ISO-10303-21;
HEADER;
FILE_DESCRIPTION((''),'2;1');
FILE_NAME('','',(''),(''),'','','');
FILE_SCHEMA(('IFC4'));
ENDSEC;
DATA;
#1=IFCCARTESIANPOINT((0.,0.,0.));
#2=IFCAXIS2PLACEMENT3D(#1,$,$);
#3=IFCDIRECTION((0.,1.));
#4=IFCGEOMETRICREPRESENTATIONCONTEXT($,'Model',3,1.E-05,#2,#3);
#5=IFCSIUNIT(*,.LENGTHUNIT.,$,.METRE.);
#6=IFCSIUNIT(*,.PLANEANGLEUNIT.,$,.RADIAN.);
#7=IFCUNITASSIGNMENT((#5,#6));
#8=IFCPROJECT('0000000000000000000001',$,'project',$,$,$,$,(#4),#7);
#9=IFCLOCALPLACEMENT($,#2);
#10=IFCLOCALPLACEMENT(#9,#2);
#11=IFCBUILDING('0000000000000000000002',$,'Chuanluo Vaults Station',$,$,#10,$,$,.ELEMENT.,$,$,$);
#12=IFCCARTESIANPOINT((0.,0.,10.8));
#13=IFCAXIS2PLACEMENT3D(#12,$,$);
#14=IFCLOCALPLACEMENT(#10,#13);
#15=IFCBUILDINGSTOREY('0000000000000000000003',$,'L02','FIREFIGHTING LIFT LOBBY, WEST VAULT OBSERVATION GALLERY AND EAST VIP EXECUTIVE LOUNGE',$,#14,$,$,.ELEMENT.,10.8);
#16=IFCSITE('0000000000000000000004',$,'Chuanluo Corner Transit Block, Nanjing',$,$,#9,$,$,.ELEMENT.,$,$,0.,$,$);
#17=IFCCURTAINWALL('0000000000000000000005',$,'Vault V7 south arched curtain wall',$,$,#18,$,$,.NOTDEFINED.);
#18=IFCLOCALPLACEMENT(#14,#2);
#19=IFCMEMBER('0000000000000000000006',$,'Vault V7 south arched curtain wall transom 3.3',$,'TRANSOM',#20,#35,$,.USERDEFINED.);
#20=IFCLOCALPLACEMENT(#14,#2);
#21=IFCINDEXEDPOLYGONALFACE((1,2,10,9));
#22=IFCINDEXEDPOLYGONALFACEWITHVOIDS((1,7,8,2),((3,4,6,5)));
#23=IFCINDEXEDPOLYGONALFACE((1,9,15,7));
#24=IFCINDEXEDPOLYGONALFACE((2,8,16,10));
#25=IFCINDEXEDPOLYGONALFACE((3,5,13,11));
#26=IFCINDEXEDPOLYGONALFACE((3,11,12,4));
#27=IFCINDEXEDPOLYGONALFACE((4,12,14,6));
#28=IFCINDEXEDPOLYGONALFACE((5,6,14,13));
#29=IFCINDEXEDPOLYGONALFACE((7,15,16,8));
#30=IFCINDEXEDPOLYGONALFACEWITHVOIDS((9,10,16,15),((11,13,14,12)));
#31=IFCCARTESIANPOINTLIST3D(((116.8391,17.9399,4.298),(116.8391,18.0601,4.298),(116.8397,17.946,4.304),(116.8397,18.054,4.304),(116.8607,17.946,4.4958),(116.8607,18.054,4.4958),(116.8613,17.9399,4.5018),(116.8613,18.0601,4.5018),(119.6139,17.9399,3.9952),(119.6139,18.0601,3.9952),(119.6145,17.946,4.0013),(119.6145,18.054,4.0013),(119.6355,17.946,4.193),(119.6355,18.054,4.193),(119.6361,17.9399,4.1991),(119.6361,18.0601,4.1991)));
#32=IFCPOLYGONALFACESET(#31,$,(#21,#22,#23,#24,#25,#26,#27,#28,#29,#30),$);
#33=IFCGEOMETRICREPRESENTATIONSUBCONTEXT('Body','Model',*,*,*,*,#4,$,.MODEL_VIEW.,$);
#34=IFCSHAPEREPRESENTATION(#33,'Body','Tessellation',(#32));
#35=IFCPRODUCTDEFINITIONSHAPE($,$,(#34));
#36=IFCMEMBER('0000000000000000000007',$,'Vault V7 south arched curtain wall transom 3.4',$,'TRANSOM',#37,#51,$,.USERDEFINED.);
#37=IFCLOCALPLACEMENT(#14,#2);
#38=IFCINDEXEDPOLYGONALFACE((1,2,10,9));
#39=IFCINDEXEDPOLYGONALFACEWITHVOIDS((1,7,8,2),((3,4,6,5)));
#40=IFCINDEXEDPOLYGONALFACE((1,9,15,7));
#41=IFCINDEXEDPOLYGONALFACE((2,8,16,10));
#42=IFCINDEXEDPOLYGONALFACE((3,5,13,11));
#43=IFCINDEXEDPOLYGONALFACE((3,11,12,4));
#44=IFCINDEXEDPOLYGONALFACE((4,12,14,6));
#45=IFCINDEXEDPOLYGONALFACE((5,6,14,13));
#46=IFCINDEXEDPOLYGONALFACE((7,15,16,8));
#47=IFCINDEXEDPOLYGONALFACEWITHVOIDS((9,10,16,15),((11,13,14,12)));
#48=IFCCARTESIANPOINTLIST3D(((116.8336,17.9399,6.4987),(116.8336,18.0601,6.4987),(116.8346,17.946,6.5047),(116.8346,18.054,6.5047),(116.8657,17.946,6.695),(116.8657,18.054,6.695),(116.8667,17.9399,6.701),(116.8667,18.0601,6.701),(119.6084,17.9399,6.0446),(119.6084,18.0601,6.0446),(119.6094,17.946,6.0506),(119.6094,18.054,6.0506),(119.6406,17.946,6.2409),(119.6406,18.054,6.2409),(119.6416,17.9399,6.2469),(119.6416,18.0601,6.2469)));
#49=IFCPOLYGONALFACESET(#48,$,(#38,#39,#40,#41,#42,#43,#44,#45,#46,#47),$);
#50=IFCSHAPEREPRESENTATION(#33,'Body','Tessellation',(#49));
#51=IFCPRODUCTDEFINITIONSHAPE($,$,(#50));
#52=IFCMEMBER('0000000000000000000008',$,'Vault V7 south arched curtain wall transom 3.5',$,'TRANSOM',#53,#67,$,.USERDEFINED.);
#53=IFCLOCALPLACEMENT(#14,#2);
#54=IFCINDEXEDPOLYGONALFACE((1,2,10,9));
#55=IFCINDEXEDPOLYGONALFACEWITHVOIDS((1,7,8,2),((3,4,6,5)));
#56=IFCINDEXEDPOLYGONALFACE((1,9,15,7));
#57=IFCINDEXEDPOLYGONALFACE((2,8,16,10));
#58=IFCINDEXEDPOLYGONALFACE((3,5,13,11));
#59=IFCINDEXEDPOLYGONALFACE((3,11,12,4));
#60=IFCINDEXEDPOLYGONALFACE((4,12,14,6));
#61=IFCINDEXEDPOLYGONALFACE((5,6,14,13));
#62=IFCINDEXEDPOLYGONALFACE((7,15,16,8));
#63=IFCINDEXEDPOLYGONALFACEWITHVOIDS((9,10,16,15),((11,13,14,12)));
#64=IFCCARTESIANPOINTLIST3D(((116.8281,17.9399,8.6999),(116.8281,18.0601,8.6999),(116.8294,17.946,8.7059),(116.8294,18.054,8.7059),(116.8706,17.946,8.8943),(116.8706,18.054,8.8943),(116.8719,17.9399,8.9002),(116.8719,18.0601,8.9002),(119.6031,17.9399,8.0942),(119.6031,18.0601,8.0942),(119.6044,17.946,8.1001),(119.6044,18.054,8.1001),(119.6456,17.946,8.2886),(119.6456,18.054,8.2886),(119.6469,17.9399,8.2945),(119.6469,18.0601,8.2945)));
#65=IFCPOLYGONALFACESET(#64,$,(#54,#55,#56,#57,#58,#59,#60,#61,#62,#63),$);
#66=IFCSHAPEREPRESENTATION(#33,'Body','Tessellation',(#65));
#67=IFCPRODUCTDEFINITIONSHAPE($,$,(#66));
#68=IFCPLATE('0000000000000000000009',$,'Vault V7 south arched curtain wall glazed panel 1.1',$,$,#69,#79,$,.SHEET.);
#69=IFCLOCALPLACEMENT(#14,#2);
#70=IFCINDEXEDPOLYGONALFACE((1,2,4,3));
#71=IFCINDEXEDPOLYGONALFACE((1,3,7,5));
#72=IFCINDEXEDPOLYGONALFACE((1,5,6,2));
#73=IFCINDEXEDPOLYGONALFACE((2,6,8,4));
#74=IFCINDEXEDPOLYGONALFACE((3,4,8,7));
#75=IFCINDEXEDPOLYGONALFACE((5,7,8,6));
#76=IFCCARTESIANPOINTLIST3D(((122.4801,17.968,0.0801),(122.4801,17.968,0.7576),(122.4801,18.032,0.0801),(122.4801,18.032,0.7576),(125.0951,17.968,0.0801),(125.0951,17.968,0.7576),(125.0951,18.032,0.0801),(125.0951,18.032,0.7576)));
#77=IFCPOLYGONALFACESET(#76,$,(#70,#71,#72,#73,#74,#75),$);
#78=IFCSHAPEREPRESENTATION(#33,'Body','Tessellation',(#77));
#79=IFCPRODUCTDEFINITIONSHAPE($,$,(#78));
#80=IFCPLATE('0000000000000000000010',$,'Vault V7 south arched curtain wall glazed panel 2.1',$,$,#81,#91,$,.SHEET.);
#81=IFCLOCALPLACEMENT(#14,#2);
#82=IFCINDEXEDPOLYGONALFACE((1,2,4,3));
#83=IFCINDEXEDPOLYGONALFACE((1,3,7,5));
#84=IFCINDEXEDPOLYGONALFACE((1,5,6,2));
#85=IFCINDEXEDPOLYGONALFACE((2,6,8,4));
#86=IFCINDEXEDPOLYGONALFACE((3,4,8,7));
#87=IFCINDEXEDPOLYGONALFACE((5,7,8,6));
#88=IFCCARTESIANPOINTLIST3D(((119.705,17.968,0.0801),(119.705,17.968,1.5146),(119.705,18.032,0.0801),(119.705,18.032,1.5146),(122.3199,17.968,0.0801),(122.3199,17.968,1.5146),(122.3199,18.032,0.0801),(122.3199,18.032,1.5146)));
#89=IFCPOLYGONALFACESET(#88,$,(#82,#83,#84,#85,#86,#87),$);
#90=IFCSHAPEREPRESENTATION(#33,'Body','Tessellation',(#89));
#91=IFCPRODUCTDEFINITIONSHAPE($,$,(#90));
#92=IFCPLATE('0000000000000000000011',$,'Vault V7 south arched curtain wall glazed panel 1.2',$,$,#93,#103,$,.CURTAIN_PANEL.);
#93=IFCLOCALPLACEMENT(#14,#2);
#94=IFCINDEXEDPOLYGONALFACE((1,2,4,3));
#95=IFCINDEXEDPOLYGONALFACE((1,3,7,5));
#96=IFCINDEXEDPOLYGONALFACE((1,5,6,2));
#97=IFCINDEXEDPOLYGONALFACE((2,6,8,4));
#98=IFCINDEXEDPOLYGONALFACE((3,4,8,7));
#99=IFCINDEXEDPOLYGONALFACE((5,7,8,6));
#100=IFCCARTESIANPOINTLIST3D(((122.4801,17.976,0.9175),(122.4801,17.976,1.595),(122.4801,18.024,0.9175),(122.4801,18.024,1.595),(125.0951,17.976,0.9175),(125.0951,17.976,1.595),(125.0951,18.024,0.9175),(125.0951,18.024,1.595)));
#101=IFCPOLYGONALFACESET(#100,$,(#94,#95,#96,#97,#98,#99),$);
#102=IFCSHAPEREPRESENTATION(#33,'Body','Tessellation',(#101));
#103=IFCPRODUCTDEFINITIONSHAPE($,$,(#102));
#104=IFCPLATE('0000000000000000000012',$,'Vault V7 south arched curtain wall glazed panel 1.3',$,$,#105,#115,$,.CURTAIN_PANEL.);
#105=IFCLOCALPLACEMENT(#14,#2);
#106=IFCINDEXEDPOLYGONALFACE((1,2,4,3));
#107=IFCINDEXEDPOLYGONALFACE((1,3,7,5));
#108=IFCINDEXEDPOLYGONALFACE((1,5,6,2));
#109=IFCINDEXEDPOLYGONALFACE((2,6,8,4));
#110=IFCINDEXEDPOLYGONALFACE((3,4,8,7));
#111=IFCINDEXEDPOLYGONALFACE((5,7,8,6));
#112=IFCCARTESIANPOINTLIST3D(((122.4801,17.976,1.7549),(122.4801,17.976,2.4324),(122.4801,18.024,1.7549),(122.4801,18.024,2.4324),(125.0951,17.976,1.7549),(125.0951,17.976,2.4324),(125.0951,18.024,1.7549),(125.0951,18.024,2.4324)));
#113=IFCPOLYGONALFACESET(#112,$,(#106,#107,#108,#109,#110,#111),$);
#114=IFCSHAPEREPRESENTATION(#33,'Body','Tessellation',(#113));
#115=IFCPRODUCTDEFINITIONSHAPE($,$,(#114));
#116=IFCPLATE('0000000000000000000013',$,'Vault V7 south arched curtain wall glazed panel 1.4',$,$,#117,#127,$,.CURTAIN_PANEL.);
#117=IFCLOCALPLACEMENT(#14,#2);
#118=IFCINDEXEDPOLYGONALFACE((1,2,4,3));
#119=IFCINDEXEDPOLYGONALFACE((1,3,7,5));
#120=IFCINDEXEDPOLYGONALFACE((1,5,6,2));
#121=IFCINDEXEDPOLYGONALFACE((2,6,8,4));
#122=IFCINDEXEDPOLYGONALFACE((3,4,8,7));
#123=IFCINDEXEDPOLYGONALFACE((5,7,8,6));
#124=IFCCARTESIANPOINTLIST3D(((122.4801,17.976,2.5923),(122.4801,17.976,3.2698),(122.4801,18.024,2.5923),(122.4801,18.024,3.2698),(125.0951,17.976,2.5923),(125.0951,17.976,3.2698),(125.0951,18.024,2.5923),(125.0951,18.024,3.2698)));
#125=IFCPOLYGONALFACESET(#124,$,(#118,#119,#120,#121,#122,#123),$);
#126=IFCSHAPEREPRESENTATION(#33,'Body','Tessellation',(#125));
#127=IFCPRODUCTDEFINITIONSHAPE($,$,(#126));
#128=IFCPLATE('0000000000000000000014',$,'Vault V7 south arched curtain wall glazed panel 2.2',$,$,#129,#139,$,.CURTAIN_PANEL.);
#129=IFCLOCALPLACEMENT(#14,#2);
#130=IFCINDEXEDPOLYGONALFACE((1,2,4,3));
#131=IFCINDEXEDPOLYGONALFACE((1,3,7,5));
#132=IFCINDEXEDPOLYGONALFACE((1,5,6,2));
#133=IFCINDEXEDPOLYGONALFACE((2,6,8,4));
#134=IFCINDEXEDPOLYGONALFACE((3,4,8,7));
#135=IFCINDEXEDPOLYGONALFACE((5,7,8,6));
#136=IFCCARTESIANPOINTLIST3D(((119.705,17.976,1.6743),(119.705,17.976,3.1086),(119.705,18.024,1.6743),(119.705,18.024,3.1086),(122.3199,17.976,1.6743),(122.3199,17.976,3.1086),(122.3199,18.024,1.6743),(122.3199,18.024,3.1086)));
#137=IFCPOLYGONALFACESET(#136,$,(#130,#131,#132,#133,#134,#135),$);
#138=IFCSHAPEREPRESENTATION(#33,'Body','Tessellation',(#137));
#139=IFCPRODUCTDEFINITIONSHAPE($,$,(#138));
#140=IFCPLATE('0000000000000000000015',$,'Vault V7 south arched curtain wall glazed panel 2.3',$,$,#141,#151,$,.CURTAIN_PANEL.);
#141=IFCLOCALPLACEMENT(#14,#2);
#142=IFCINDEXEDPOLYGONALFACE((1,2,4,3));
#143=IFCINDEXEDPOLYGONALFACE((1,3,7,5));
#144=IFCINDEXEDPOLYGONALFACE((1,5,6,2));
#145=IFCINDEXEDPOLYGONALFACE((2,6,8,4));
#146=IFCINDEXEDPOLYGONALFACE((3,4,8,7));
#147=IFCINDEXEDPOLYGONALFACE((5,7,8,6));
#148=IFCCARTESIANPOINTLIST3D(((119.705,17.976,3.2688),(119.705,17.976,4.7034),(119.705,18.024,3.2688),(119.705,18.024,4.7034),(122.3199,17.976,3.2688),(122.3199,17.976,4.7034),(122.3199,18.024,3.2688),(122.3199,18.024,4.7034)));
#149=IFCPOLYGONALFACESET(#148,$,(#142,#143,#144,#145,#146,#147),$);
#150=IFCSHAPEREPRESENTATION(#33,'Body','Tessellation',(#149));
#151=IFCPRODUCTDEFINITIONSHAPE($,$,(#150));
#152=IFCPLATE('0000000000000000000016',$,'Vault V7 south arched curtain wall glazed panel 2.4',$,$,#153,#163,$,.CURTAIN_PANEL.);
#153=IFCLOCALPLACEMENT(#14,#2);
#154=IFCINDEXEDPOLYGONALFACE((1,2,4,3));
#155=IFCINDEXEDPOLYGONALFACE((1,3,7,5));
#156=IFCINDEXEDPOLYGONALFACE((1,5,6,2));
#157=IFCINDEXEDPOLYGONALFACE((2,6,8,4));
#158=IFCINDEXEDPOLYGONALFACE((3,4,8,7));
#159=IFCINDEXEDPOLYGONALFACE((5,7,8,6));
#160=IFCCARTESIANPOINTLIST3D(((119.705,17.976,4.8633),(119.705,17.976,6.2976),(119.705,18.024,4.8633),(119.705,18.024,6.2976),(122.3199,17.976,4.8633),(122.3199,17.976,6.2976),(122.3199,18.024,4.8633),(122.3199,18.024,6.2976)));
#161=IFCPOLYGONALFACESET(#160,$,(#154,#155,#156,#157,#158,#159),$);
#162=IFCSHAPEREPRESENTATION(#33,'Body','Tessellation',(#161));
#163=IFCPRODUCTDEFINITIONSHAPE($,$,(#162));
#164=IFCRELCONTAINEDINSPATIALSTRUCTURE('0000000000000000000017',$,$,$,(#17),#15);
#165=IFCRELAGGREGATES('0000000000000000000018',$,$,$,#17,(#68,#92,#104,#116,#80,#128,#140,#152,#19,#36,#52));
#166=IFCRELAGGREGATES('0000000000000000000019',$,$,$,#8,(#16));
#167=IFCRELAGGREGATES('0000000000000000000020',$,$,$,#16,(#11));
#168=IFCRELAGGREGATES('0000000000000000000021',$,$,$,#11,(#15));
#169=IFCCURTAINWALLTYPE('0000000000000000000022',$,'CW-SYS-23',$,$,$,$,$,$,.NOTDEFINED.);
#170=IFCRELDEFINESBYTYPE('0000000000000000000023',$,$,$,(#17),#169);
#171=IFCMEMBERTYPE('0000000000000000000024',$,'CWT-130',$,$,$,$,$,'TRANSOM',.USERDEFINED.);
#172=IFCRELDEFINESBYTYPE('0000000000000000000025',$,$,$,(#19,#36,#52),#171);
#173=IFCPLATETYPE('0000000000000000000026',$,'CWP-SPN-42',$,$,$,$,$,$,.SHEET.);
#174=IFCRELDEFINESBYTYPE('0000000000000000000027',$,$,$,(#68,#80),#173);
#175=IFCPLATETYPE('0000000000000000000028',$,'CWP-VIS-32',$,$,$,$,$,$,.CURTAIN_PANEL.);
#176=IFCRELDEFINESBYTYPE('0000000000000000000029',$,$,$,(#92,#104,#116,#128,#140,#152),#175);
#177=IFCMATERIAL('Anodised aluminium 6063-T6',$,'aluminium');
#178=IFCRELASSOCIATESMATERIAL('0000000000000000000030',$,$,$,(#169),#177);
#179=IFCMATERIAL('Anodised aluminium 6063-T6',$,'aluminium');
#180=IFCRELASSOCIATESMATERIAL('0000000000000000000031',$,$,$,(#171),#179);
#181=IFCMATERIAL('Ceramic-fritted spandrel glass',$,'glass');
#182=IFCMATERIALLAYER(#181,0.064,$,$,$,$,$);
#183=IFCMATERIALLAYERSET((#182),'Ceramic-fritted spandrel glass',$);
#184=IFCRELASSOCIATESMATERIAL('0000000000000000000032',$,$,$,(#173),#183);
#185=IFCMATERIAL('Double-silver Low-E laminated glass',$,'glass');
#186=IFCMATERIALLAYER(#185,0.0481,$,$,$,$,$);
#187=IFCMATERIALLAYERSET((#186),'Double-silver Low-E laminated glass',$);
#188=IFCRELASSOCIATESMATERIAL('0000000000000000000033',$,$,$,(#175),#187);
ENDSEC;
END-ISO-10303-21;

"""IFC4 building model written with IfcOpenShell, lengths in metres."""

from ifc_helpers import new_model, si_unit, direction, frame, origin, origin_2d, place, context, subcontext, project, spatial, rectangle, hollow_rectangle, extrude, material, layer, layer_set, material_profile, profile_set, type_object, element, aggregate, save


model = new_model("IFC4")

# Units and contexts
model_context = context("Model", 3, precision=1e-05, world=origin(), true_north=direction((0.0, 1.0)))
body_context = subcontext(model_context, "Body", "Model", "MODEL_VIEW")
ifc_project = project(units=[si_unit("LENGTHUNIT", "METRE"), si_unit("PLANEANGLEUNIT", "RADIAN")], contexts=[model_context])

# Site, building, storey
site_placement = place(None, origin())
site = spatial("IfcSite", under=ifc_project, at=site_placement, Name="Chuanluo Corner Transit Block, Nanjing", CompositionType="ELEMENT", RefElevation=0.0)
building_placement = place(site_placement, origin())
building = spatial("IfcBuilding", under=site, at=building_placement, Name="Chuanluo Vaults Station", CompositionType="ELEMENT")
storey_placement = place(building_placement, frame((0.0, 0.0, 10.8)))
storey = spatial("IfcBuildingStorey", under=building, at=storey_placement, Name="L02", Description="FIREFIGHTING LIFT LOBBY, WEST VAULT OBSERVATION GALLERY AND EAST VIP EXECUTIVE LOUNGE", CompositionType="ELEMENT", Elevation=10.8)

# Curtain wall, members, plates
ifc_material_1 = material(Name="Anodised aluminium 6063-T6", Category="aluminium")
curtain_wall_type = type_object("IfcCurtainWallType", Name="CW-SYS-23", PredefinedType="NOTDEFINED", material=ifc_material_1)
curtain_wall_placement = place(storey_placement, origin())
curtain_wall = element("IfcCurtainWall", 1, at=curtain_wall_placement, inside=storey, type_object=curtain_wall_type, Name="Vault V7 south arched curtain wall", PredefinedType="NOTDEFINED")
ifc_material_2 = material(Name="Anodised aluminium 6063-T6", Category="aluminium")
ifc_material_profile_1 = material_profile(ifc_material_2, hollow_rectangle(XDim=0.1201, YDim=0.2051, WallThickness=0.0061, at=origin_2d()))
ifc_profile_set_1 = profile_set([ifc_material_profile_1], Name="Anodised aluminium 6063-T6")
member_type_1 = type_object("IfcMemberType", Name="CWT-130", ElementType="TRANSOM", PredefinedType="USERDEFINED", material=ifc_profile_set_1)
member_1_placement = place(storey_placement, frame((119.625, 18.0, 4.0972), z_axis=(-0.994101, 0.0, 0.108454), x_axis=(0.0, -1.0, 0.0)))
member_1 = element("IfcMember", 2, at=member_1_placement, type_object=member_type_1, Name="Vault V7 south arched curtain wall transom 3.3", ObjectType="TRANSOM", PredefinedType="USERDEFINED", context=body_context, shape_type="SweptSolid", body=[
    extrude(hollow_rectangle(XDim=0.1201, YDim=0.2051, WallThickness=0.0061, at=origin_2d()), origin(), (0.0, 0.0, 1.0), 2.7913),
])
member_2_placement = place(storey_placement, frame((119.625, 18.0, 6.1458), z_axis=(-0.986873, 0.0, 0.161498), x_axis=(0.0, -1.0, 0.0)))
member_2 = element("IfcMember", 3, at=member_2_placement, type_object=member_type_1, Name="Vault V7 south arched curtain wall transom 3.4", ObjectType="TRANSOM", PredefinedType="USERDEFINED", context=body_context, shape_type="SweptSolid", body=[
    extrude(hollow_rectangle(XDim=0.1201, YDim=0.2051, WallThickness=0.0061, at=origin_2d()), origin(), (0.0, 0.0, 1.0), 2.8118),
])
member_3_placement = place(storey_placement, frame((119.625, 18.0, 8.1943), z_axis=(-0.976995, 0.0, 0.213261), x_axis=(0.0, -1.0, 0.0)))
member_3 = element("IfcMember", 4, at=member_3_placement, type_object=member_type_1, Name="Vault V7 south arched curtain wall transom 3.5", ObjectType="TRANSOM", PredefinedType="USERDEFINED", context=body_context, shape_type="SweptSolid", body=[
    extrude(hollow_rectangle(XDim=0.1201, YDim=0.2051, WallThickness=0.0061, at=origin_2d()), origin(), (0.0, 0.0, 1.0), 2.8403),
])
ifc_material_3 = material(Name="Ceramic-fritted spandrel glass", Category="glass")
ifc_layer_1 = layer(ifc_material_3, 0.064)
ifc_layer_set_1 = layer_set([ifc_layer_1], Name="Ceramic-fritted spandrel glass")
plate_type_1 = type_object("IfcPlateType", Name="CWP-SPN-42", PredefinedType="SHEET", material=ifc_layer_set_1)
plate_1_placement = place(storey_placement, frame((123.7876, 18.0, 0.0801), z_axis=(0.0, 0.0, 1.0), x_axis=(-1.0, 0.0, 0.0)))
plate_1 = element("IfcPlate", 5, at=plate_1_placement, type_object=plate_type_1, Name="Vault V7 south arched curtain wall glazed panel 1.1", PredefinedType="SHEET", context=body_context, shape_type="SweptSolid", body=[
    extrude(rectangle(XDim=2.615, YDim=0.064, at=origin_2d()), origin(), (0.0, 0.0, 1.0), 0.6775),
])
plate_2_placement = place(storey_placement, frame((121.0125, 18.0, 0.0801), z_axis=(0.0, 0.0, 1.0), x_axis=(-1.0, 0.0, 0.0)))
plate_2 = element("IfcPlate", 6, at=plate_2_placement, type_object=plate_type_1, Name="Vault V7 south arched curtain wall glazed panel 2.1", PredefinedType="SHEET", context=body_context, shape_type="SweptSolid", body=[
    extrude(rectangle(XDim=2.615, YDim=0.064, at=origin_2d()), origin(), (0.0, 0.0, 1.0), 1.4346),
])
ifc_material_4 = material(Name="Double-silver Low-E laminated glass", Category="glass")
ifc_layer_2 = layer(ifc_material_4, 0.0481)
ifc_layer_set_2 = layer_set([ifc_layer_2], Name="Double-silver Low-E laminated glass")
plate_type_2 = type_object("IfcPlateType", Name="CWP-VIS-32", PredefinedType="CURTAIN_PANEL", material=ifc_layer_set_2)
plate_3_placement = place(storey_placement, frame((123.7876, 18.0, 0.9175), z_axis=(0.0, 0.0, 1.0), x_axis=(-1.0, 0.0, 0.0)))
plate_3 = element("IfcPlate", 7, at=plate_3_placement, type_object=plate_type_2, Name="Vault V7 south arched curtain wall glazed panel 1.2", PredefinedType="CURTAIN_PANEL", context=body_context, shape_type="SweptSolid", body=[
    extrude(rectangle(XDim=2.615, YDim=0.0481, at=origin_2d()), origin(), (0.0, 0.0, 1.0), 0.6775),
])
plate_4_placement = place(storey_placement, frame((123.7876, 18.0, 1.7549), z_axis=(0.0, 0.0, 1.0), x_axis=(-1.0, 0.0, 0.0)))
plate_4 = element("IfcPlate", 8, at=plate_4_placement, type_object=plate_type_2, Name="Vault V7 south arched curtain wall glazed panel 1.3", PredefinedType="CURTAIN_PANEL", context=body_context, shape_type="SweptSolid", body=[
    extrude(rectangle(XDim=2.615, YDim=0.0481, at=origin_2d()), origin(), (0.0, 0.0, 1.0), 0.6775),
])
plate_5_placement = place(storey_placement, frame((123.7876, 18.0, 2.5923), z_axis=(0.0, 0.0, 1.0), x_axis=(-1.0, 0.0, 0.0)))
plate_5 = element("IfcPlate", 9, at=plate_5_placement, type_object=plate_type_2, Name="Vault V7 south arched curtain wall glazed panel 1.4", PredefinedType="CURTAIN_PANEL", context=body_context, shape_type="SweptSolid", body=[
    extrude(rectangle(XDim=2.615, YDim=0.0481, at=origin_2d()), origin(), (0.0, 0.0, 1.0), 0.6775),
])
plate_6_placement = place(storey_placement, frame((121.0125, 18.0, 1.6743), z_axis=(0.0, 0.0, 1.0), x_axis=(-1.0, 0.0, 0.0)))
plate_6 = element("IfcPlate", 10, at=plate_6_placement, type_object=plate_type_2, Name="Vault V7 south arched curtain wall glazed panel 2.2", PredefinedType="CURTAIN_PANEL", context=body_context, shape_type="SweptSolid", body=[
    extrude(rectangle(XDim=2.615, YDim=0.0481, at=origin_2d()), origin(), (0.0, 0.0, 1.0), 1.4343),
])
plate_7_placement = place(storey_placement, frame((121.0125, 18.0, 3.2688), z_axis=(0.0, 0.0, 1.0), x_axis=(-1.0, 0.0, 0.0)))
plate_7 = element("IfcPlate", 11, at=plate_7_placement, type_object=plate_type_2, Name="Vault V7 south arched curtain wall glazed panel 2.3", PredefinedType="CURTAIN_PANEL", context=body_context, shape_type="SweptSolid", body=[
    extrude(rectangle(XDim=2.615, YDim=0.0481, at=origin_2d()), origin(), (0.0, 0.0, 1.0), 1.4346),
])
plate_8_placement = place(storey_placement, frame((121.0125, 18.0, 4.8633), z_axis=(0.0, 0.0, 1.0), x_axis=(-1.0, 0.0, 0.0)))
plate_8 = element("IfcPlate", 12, at=plate_8_placement, type_object=plate_type_2, Name="Vault V7 south arched curtain wall glazed panel 2.4", PredefinedType="CURTAIN_PANEL", context=body_context, shape_type="SweptSolid", body=[
    extrude(rectangle(XDim=2.615, YDim=0.0481, at=origin_2d()), origin(), (0.0, 0.0, 1.0), 1.4343),
])
aggregate(curtain_wall, [plate_1, plate_3, plate_4, plate_5, plate_2, plate_6, plate_7, plate_8, member_1, member_2, member_3])

save(model, "model.ifc")
